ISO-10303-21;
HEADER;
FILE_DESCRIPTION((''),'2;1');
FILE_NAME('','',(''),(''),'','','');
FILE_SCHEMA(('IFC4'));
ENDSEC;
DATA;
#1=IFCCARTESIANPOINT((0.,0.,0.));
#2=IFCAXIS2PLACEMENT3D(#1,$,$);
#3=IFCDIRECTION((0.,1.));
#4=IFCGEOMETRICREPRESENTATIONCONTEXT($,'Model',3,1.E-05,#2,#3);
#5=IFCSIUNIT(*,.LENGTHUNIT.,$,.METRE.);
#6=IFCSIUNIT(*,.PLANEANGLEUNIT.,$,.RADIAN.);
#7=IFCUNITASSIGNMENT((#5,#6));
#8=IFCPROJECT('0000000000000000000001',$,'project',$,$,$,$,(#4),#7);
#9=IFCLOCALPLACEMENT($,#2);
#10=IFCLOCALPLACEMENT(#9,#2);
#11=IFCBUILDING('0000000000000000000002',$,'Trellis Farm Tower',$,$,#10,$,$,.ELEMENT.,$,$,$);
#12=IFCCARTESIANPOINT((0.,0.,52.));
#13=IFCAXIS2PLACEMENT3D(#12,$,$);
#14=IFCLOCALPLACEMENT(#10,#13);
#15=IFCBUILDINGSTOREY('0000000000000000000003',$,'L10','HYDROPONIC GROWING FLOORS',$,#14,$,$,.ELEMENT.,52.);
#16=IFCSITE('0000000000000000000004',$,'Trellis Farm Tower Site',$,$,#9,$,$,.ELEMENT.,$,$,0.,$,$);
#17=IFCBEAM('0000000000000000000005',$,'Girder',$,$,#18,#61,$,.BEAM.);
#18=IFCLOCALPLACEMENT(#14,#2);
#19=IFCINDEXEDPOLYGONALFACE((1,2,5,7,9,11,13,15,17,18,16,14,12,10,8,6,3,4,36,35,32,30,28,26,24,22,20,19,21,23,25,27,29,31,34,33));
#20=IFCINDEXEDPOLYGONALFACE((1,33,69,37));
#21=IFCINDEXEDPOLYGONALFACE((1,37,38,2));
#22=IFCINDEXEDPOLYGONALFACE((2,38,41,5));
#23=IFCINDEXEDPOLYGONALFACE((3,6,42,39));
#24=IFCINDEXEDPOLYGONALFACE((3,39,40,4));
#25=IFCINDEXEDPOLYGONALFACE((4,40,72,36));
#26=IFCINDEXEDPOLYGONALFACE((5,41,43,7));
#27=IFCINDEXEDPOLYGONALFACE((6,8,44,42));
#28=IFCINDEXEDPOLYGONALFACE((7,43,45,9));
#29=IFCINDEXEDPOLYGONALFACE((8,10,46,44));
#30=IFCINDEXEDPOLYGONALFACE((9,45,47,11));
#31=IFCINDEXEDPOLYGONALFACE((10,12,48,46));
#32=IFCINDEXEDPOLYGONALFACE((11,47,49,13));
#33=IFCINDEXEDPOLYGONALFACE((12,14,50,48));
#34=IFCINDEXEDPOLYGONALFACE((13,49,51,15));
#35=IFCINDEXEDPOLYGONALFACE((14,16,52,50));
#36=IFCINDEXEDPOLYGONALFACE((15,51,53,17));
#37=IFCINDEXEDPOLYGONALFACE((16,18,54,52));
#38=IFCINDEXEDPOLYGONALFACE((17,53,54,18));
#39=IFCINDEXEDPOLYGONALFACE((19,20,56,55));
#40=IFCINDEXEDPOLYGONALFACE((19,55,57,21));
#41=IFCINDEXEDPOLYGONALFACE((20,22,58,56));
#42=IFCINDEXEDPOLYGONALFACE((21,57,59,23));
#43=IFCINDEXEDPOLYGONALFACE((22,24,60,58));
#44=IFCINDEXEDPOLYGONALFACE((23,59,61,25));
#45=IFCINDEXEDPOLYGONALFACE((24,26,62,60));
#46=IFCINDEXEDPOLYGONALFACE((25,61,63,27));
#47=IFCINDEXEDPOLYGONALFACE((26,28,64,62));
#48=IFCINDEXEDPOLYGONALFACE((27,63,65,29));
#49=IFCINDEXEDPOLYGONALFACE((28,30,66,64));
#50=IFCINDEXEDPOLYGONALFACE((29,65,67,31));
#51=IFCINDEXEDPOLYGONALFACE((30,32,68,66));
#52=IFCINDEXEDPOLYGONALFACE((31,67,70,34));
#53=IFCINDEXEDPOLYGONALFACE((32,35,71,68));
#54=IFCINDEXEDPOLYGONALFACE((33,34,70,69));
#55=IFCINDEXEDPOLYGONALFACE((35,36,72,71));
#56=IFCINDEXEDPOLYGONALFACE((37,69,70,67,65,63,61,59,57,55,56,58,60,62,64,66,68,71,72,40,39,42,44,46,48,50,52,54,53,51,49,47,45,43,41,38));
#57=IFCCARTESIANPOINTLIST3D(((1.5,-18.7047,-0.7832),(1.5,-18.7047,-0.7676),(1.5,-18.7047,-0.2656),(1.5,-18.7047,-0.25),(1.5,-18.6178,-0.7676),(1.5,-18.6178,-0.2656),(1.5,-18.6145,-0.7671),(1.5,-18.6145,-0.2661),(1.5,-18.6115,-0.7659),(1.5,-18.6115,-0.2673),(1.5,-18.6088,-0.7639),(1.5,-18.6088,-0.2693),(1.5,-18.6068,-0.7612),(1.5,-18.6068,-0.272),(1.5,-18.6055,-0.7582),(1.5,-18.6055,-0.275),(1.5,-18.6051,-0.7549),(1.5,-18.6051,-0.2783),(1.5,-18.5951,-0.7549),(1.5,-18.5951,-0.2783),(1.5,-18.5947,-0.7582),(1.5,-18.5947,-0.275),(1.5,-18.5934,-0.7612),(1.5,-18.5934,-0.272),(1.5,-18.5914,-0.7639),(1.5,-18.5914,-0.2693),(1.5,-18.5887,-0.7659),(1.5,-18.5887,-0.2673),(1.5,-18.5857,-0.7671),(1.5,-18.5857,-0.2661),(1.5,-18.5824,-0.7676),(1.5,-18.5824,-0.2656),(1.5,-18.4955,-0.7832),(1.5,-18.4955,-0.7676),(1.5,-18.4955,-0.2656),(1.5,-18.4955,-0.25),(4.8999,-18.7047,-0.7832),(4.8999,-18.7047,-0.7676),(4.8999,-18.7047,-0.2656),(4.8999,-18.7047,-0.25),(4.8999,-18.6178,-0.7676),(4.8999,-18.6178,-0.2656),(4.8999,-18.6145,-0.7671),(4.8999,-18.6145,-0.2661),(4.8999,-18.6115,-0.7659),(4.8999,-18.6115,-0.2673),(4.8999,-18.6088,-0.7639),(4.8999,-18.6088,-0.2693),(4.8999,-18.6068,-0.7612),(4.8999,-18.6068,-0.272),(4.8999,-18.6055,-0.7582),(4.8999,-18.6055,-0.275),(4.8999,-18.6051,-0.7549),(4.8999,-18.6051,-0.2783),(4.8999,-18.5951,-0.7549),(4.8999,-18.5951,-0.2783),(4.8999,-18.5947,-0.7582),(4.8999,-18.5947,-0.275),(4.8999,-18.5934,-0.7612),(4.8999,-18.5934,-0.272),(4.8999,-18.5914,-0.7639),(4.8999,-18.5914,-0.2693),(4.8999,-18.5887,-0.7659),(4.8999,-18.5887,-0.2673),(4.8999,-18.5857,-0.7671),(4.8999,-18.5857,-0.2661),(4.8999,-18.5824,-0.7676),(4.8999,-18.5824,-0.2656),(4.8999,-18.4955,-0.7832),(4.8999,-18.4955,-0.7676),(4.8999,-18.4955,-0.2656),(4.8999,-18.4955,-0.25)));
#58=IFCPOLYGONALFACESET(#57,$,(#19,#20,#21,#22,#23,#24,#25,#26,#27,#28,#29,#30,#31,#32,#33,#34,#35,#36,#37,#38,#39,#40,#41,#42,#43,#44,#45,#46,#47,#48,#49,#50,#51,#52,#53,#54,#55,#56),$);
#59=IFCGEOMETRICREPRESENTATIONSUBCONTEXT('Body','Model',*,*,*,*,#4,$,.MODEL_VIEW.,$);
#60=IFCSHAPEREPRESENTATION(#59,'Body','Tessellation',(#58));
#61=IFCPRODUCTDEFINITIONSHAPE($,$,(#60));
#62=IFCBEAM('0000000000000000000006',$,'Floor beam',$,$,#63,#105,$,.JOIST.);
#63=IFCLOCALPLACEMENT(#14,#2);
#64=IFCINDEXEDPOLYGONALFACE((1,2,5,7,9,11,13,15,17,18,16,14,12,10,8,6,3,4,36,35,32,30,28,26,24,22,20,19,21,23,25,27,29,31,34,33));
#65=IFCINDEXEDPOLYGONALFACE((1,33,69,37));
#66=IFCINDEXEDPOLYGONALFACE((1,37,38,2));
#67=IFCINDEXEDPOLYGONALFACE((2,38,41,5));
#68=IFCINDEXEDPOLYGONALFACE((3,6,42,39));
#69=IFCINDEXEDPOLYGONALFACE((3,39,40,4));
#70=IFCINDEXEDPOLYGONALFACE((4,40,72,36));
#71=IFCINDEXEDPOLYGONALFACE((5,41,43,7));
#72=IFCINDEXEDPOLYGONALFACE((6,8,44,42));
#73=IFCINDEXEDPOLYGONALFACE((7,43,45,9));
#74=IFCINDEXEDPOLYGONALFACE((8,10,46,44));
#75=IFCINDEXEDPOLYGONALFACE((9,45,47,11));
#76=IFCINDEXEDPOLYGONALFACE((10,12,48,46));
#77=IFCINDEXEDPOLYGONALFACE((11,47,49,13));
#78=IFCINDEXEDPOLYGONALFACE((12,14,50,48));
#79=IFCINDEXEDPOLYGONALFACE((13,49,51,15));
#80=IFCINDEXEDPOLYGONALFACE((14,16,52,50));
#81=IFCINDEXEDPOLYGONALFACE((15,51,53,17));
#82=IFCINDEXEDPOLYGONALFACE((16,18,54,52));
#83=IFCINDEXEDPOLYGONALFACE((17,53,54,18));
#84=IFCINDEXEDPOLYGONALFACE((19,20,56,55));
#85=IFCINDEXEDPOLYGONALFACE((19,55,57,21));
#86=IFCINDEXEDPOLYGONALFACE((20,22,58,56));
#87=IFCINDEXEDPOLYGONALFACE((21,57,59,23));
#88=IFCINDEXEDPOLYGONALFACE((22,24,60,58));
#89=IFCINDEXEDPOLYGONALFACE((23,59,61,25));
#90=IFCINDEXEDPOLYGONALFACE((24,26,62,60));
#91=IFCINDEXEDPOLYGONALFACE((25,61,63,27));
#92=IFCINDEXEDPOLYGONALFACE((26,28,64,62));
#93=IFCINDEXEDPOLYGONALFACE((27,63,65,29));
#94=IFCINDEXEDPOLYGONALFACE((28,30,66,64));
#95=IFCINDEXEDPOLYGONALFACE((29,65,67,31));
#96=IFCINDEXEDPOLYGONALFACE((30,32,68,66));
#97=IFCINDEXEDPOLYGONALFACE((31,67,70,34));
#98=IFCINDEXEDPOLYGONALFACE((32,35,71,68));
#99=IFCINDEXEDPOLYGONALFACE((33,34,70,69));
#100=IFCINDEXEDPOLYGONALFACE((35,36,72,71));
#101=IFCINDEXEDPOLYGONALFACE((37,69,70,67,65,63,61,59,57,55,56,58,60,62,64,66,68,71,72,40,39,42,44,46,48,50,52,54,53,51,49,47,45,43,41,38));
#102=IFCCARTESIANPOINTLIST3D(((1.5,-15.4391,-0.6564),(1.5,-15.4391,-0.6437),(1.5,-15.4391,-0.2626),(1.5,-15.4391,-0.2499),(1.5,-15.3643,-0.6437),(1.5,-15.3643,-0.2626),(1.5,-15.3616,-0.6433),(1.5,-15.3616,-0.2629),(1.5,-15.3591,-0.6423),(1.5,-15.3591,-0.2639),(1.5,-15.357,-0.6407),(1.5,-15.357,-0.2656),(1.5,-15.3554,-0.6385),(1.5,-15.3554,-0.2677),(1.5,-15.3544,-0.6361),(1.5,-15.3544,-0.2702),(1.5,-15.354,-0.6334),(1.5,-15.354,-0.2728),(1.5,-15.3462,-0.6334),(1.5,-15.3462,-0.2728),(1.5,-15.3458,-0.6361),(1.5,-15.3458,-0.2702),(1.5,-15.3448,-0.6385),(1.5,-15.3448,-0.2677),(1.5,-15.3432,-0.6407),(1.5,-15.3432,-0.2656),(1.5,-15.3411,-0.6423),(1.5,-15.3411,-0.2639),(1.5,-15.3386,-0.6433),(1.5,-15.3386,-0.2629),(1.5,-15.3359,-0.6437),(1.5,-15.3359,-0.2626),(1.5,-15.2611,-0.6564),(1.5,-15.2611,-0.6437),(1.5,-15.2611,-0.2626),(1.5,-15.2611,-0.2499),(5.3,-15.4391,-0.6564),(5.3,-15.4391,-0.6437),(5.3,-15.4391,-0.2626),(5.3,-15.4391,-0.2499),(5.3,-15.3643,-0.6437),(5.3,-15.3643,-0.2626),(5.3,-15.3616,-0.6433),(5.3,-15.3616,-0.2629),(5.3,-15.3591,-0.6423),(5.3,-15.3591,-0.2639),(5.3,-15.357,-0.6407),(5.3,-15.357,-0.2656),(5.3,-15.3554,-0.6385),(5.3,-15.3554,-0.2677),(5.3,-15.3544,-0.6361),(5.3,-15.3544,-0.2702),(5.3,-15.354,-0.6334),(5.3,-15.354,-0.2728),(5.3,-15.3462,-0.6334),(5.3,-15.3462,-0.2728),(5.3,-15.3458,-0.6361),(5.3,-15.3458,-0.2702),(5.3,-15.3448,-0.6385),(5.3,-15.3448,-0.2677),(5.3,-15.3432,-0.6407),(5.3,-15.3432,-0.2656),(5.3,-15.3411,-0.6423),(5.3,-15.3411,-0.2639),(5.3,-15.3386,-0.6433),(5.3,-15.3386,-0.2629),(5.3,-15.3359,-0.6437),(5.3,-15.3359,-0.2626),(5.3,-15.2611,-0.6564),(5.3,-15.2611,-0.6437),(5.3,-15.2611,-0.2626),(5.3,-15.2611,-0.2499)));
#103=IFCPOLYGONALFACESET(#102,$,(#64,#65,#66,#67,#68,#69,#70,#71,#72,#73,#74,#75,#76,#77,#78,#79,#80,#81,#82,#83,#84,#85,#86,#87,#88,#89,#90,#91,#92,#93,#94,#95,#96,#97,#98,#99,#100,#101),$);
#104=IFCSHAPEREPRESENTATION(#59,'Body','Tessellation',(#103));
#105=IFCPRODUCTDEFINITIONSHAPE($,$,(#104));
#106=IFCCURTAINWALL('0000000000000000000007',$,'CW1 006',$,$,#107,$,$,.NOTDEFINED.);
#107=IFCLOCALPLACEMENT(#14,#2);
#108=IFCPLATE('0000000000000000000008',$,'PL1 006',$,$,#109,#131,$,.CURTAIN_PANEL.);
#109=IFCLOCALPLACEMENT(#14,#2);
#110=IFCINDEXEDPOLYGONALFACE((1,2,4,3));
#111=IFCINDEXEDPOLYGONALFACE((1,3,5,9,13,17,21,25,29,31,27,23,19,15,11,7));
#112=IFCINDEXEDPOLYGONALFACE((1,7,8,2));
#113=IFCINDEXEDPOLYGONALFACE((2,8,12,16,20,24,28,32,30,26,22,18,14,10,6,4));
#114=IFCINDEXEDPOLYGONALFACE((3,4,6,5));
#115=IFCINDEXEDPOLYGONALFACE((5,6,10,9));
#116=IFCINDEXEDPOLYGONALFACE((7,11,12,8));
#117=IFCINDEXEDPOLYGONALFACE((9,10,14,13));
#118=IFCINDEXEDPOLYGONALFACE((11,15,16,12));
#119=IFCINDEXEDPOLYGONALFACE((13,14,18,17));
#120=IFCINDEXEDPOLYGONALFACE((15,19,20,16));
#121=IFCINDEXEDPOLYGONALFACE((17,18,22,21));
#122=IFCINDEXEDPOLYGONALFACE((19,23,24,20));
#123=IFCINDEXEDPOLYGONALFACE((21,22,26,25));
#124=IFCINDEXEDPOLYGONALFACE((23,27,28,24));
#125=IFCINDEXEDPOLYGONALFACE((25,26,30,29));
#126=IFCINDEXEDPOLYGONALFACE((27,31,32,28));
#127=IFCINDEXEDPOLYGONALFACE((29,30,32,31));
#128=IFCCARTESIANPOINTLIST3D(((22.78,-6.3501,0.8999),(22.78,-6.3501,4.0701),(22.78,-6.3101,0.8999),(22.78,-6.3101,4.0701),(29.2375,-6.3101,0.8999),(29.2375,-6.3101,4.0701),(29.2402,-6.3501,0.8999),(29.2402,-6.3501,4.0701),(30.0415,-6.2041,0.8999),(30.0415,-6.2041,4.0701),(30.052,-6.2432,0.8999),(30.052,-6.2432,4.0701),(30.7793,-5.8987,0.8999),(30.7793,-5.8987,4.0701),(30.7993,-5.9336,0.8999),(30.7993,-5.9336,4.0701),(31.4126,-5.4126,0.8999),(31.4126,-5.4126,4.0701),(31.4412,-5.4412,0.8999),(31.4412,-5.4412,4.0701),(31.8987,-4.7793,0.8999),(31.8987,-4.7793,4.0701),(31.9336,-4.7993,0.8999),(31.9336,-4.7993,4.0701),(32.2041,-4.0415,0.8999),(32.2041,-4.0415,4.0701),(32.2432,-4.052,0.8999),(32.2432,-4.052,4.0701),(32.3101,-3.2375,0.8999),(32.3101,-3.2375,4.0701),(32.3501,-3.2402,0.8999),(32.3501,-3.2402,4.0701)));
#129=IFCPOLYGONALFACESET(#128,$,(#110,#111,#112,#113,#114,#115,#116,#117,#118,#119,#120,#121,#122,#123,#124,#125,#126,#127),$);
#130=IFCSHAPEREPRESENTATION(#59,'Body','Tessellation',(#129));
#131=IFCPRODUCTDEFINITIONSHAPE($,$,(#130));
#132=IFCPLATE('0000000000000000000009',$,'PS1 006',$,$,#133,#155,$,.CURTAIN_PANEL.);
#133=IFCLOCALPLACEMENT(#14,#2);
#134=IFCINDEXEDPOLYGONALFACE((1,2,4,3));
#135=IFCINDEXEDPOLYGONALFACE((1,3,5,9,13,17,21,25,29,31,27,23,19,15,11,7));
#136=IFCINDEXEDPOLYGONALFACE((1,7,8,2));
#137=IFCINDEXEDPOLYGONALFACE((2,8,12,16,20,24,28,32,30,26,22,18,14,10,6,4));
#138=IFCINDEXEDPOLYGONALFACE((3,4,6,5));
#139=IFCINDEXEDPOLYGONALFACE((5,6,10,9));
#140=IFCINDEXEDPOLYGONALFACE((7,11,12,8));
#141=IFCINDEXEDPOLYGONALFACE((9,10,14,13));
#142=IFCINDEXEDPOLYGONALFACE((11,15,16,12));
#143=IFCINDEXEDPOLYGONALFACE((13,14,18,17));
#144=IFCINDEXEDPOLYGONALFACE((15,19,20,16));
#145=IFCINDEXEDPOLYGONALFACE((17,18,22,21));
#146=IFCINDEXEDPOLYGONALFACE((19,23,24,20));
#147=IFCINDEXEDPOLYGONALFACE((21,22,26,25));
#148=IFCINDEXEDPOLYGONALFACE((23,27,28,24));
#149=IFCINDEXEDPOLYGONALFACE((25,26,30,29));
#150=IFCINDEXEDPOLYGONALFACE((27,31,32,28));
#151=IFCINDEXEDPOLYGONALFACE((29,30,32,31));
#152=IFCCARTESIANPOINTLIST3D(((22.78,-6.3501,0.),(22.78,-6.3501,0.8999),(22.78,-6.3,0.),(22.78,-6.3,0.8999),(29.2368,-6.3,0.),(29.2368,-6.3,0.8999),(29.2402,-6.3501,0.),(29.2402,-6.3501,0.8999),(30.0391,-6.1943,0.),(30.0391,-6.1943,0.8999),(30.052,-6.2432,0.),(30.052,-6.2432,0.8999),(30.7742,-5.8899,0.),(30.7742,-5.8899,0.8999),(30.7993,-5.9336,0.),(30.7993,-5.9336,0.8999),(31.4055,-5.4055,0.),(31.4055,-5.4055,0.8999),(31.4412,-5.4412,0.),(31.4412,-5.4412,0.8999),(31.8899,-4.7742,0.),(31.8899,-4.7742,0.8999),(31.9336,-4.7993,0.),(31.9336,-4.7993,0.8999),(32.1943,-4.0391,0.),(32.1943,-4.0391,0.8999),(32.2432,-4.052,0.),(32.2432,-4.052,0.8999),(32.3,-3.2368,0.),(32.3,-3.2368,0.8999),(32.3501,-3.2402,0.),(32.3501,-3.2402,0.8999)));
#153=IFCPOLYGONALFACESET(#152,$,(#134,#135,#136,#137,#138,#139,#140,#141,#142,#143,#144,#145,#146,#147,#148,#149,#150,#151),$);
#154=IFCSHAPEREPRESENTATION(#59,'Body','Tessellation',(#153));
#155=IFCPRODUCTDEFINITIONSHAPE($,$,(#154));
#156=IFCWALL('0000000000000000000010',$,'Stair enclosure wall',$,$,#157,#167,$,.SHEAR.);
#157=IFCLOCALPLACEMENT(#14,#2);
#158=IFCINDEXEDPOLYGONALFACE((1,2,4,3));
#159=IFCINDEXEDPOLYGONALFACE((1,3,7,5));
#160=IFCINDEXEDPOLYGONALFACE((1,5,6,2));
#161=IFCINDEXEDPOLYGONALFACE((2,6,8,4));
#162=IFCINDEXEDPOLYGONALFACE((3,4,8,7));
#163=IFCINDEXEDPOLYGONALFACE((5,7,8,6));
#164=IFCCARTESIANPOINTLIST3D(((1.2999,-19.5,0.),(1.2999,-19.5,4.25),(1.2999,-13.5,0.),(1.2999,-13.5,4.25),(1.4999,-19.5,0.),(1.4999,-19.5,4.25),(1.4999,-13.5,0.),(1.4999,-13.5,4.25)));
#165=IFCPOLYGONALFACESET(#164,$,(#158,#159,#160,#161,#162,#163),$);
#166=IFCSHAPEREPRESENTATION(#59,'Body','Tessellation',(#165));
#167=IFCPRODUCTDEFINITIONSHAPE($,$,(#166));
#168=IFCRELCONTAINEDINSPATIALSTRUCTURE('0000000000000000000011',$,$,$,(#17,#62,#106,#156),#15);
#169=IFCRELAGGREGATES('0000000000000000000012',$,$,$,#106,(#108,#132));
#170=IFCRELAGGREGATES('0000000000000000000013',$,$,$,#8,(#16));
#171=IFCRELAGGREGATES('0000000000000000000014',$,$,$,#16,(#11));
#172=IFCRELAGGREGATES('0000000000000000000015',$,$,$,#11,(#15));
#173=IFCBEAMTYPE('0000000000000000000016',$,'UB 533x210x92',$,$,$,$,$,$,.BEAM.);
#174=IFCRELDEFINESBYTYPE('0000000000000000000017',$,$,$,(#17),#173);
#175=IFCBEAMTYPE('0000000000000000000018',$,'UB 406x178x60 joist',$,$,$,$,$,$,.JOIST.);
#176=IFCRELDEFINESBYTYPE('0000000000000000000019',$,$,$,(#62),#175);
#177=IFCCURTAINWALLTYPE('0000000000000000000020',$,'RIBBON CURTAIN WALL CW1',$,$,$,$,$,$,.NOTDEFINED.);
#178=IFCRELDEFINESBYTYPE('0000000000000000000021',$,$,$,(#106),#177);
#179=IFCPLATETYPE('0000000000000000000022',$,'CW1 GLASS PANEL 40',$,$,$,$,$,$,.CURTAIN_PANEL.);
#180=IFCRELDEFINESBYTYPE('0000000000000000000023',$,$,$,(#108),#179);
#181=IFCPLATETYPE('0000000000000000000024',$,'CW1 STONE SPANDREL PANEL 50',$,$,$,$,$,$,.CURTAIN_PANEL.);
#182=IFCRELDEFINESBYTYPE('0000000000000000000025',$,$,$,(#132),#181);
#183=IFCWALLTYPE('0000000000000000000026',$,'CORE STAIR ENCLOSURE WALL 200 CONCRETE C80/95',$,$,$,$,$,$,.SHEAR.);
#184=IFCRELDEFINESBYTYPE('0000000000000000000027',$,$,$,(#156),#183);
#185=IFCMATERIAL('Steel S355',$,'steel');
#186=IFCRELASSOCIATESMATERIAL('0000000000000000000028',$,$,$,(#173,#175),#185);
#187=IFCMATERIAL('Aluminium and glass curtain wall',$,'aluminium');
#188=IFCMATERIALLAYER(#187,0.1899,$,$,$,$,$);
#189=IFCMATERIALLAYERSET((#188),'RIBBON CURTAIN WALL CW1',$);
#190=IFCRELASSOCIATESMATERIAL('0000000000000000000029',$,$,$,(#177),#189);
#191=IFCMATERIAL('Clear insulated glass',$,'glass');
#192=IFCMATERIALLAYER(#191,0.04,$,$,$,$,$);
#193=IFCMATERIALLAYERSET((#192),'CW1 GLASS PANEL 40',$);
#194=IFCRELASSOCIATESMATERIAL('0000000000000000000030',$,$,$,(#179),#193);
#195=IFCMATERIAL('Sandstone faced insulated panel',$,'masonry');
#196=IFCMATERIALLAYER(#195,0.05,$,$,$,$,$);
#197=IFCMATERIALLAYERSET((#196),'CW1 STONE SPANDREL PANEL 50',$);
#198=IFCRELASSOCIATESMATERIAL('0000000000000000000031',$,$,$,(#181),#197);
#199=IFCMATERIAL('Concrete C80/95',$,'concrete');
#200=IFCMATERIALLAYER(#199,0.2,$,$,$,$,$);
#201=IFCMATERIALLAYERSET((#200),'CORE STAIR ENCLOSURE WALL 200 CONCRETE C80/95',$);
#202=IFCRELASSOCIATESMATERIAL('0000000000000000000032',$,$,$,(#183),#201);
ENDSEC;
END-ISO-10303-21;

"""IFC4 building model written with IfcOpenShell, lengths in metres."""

from ifc_helpers import new_model, si_unit, direction, frame, frame_2d, origin, origin_2d, place, context, subcontext, project, spatial, polyline, rectangle, i_section, outline, extrude, source, transform, mapped, material, layer, layer_set, material_profile, profile_set, type_object, element, aggregate, save


model = new_model("IFC4")

# Units and contexts
model_context = context("Model", 3, precision=1e-05, world=origin(), true_north=direction((0.0, 1.0)))
body_context = subcontext(model_context, "Body", "Model", "MODEL_VIEW")
ifc_project = project(units=[si_unit("LENGTHUNIT", "METRE"), si_unit("PLANEANGLEUNIT", "RADIAN")], contexts=[model_context])

# Site, building, storey
site_placement = place(None, origin())
site = spatial("IfcSite", under=ifc_project, at=site_placement, Name="Trellis Farm Tower Site", CompositionType="ELEMENT", RefElevation=0.0)
building_placement = place(site_placement, origin())
building = spatial("IfcBuilding", under=site, at=building_placement, Name="Trellis Farm Tower", CompositionType="ELEMENT")
storey_placement = place(building_placement, frame((0.0, 0.0, 52.0)))
storey = spatial("IfcBuildingStorey", under=building, at=storey_placement, Name="L10", Description="HYDROPONIC GROWING FLOORS", CompositionType="ELEMENT", Elevation=52.0)

# Beams
ifc_material_1 = material(Name="Steel S355", Category="steel")
ifc_material_profile_1 = material_profile(ifc_material_1, i_section(OverallWidth=0.2092, OverallDepth=0.5332, WebThickness=0.01, FlangeThickness=0.0156, FilletRadius=0.0127, at=origin_2d()), Name="UB 533x210x92")
ifc_profile_set_1 = profile_set([ifc_material_profile_1], Name="Steel S355")
beam_type_1 = type_object("IfcBeamType", Name="UB 533x210x92", PredefinedType="BEAM", material=ifc_profile_set_1)
shared_shape_1 = source(origin(), body_context, "Body", "SweptSolid", [
    extrude(i_section(OverallWidth=0.2092, OverallDepth=0.5332, WebThickness=0.01, FlangeThickness=0.0156, FilletRadius=0.0127, at=origin_2d()), origin(), (0.0, 0.0, 1.0), 3.3999),
])
beam_1_placement = place(storey_placement, frame((1.5, -18.6001, -0.5166), z_axis=(1.0, 0.0, 0.0), x_axis=(0.0, 1.0, 0.0)))
element("IfcBeam", 1, at=beam_1_placement, inside=storey, type_object=beam_type_1, Name="Girder", PredefinedType="BEAM", context=body_context, shape_type="MappedRepresentation", body=[
    mapped(shared_shape_1, transform((0.0, 0.0, 0.0))),
])
ifc_material_profile_2 = material_profile(ifc_material_1, i_section(OverallWidth=0.178, OverallDepth=0.4065, WebThickness=0.0078, FlangeThickness=0.0127, FilletRadius=0.0103, at=origin_2d()), Name="UB 406x178x60")
ifc_profile_set_2 = profile_set([ifc_material_profile_2], Name="Steel S355")
beam_type_2 = type_object("IfcBeamType", Name="UB 406x178x60 joist", PredefinedType="JOIST", material=ifc_profile_set_2)
shared_shape_2 = source(origin(), body_context, "Body", "SweptSolid", [
    extrude(i_section(OverallWidth=0.178, OverallDepth=0.4065, WebThickness=0.0078, FlangeThickness=0.0127, FilletRadius=0.0103, at=origin_2d()), origin(), (0.0, 0.0, 1.0), 3.8),
])
beam_2_placement = place(storey_placement, frame((1.5, -15.3501, -0.4531), z_axis=(1.0, 0.0, 0.0), x_axis=(0.0, 1.0, 0.0)))
element("IfcBeam", 2, at=beam_2_placement, inside=storey, type_object=beam_type_2, Name="Floor beam", PredefinedType="JOIST", context=body_context, shape_type="MappedRepresentation", body=[
    mapped(shared_shape_2, transform((0.0, 0.0, 0.0))),
])

# Curtain wall, plates
ifc_material_2 = material(Name="Aluminium and glass curtain wall", Category="aluminium")
ifc_layer_1 = layer(ifc_material_2, 0.1899)
ifc_layer_set_1 = layer_set([ifc_layer_1], Name="RIBBON CURTAIN WALL CW1")
curtain_wall_type = type_object("IfcCurtainWallType", Name="RIBBON CURTAIN WALL CW1", PredefinedType="NOTDEFINED", material=ifc_layer_set_1)
placement = place(storey_placement, origin())
curtain_wall = element("IfcCurtainWall", 3, at=placement, inside=storey, type_object=curtain_wall_type, Name="CW1 006", PredefinedType="NOTDEFINED")
ifc_material_3 = material(Name="Clear insulated glass", Category="glass")
ifc_layer_2 = layer(ifc_material_3, 0.04)
ifc_layer_set_2 = layer_set([ifc_layer_2], Name="CW1 GLASS PANEL 40")
plate_type_1 = type_object("IfcPlateType", Name="CW1 GLASS PANEL 40", PredefinedType="CURTAIN_PANEL", material=ifc_layer_set_2)
shared_shape_3 = source(origin(), body_context, "Body", "SweptSolid", [
    extrude(outline(polyline([(22.78, -6.3501), (29.2402, -6.3501), (30.052, -6.2432), (30.7993, -5.9336), (31.4412, -5.4412), (31.9336, -4.7993), (32.2432, -4.052), (32.3501, -3.2402), (32.3101, -3.2375), (32.2041, -4.0415), (31.8987, -4.7793), (31.4126, -5.4126), (30.7793, -5.8987), (30.0415, -6.2041), (29.2375, -6.3101), (22.78, -6.3101), (22.78, -6.3501)])), origin(), (0.0, 0.0, 1.0), 3.1702),
])
plate_1_placement = place(storey_placement, frame((0.0, 0.0, 0.8999)))
plate_1 = element("IfcPlate", 4, at=plate_1_placement, type_object=plate_type_1, Name="PL1 006", PredefinedType="CURTAIN_PANEL", context=body_context, shape_type="MappedRepresentation", body=[
    mapped(shared_shape_3, transform((0.0, 0.0, 0.0))),
])
ifc_material_4 = material(Name="Sandstone faced insulated panel", Category="masonry")
ifc_layer_3 = layer(ifc_material_4, 0.05)
ifc_layer_set_3 = layer_set([ifc_layer_3], Name="CW1 STONE SPANDREL PANEL 50")
plate_type_2 = type_object("IfcPlateType", Name="CW1 STONE SPANDREL PANEL 50", PredefinedType="CURTAIN_PANEL", material=ifc_layer_set_3)
shared_shape_4 = source(origin(), body_context, "Body", "SweptSolid", [
    extrude(outline(polyline([(22.78, -6.3501), (29.2402, -6.3501), (30.052, -6.2432), (30.7993, -5.9336), (31.4412, -5.4412), (31.9336, -4.7993), (32.2432, -4.052), (32.3501, -3.2402), (32.3, -3.2368), (32.1943, -4.0391), (31.8899, -4.7742), (31.4055, -5.4055), (30.7742, -5.8899), (30.0391, -6.1943), (29.2368, -6.3), (22.78, -6.3), (22.78, -6.3501)])), origin(), (0.0, 0.0, 1.0), 0.8999),
])
plate_2 = element("IfcPlate", 5, at=placement, type_object=plate_type_2, Name="PS1 006", PredefinedType="CURTAIN_PANEL", context=body_context, shape_type="MappedRepresentation", body=[
    mapped(shared_shape_4, transform((0.0, 0.0, 0.0))),
])
aggregate(curtain_wall, [plate_1, plate_2])

# Wall
ifc_material_5 = material(Name="Concrete C80/95", Category="concrete")
ifc_layer_4 = layer(ifc_material_5, 0.2)
ifc_layer_set_4 = layer_set([ifc_layer_4], Name="CORE STAIR ENCLOSURE WALL 200 CONCRETE C80/95")
wall_type_1 = type_object("IfcWallType", Name="CORE STAIR ENCLOSURE WALL 200 CONCRETE C80/95", PredefinedType="SHEAR", material=ifc_layer_set_4)
shared_shape_5 = source(origin(), body_context, "Body", "SweptSolid", [
    extrude(rectangle(XDim=6.0, YDim=0.2, at=frame_2d((3.0, 0.0))), origin(), (0.0, 0.0, 1.0), 4.25),
])
wall_1_placement = place(storey_placement, frame((1.3999, -13.5, 0.0), z_axis=(0.0, 0.0, 1.0), x_axis=(0.0, -1.0, 0.0)))
element("IfcWall", 6, at=wall_1_placement, inside=storey, type_object=wall_type_1, Name="Stair enclosure wall", PredefinedType="SHEAR", context=body_context, shape_type="MappedRepresentation", body=[
    mapped(shared_shape_5, transform((0.0, 0.0, 0.0))),
])

save(model, "model.ifc")
